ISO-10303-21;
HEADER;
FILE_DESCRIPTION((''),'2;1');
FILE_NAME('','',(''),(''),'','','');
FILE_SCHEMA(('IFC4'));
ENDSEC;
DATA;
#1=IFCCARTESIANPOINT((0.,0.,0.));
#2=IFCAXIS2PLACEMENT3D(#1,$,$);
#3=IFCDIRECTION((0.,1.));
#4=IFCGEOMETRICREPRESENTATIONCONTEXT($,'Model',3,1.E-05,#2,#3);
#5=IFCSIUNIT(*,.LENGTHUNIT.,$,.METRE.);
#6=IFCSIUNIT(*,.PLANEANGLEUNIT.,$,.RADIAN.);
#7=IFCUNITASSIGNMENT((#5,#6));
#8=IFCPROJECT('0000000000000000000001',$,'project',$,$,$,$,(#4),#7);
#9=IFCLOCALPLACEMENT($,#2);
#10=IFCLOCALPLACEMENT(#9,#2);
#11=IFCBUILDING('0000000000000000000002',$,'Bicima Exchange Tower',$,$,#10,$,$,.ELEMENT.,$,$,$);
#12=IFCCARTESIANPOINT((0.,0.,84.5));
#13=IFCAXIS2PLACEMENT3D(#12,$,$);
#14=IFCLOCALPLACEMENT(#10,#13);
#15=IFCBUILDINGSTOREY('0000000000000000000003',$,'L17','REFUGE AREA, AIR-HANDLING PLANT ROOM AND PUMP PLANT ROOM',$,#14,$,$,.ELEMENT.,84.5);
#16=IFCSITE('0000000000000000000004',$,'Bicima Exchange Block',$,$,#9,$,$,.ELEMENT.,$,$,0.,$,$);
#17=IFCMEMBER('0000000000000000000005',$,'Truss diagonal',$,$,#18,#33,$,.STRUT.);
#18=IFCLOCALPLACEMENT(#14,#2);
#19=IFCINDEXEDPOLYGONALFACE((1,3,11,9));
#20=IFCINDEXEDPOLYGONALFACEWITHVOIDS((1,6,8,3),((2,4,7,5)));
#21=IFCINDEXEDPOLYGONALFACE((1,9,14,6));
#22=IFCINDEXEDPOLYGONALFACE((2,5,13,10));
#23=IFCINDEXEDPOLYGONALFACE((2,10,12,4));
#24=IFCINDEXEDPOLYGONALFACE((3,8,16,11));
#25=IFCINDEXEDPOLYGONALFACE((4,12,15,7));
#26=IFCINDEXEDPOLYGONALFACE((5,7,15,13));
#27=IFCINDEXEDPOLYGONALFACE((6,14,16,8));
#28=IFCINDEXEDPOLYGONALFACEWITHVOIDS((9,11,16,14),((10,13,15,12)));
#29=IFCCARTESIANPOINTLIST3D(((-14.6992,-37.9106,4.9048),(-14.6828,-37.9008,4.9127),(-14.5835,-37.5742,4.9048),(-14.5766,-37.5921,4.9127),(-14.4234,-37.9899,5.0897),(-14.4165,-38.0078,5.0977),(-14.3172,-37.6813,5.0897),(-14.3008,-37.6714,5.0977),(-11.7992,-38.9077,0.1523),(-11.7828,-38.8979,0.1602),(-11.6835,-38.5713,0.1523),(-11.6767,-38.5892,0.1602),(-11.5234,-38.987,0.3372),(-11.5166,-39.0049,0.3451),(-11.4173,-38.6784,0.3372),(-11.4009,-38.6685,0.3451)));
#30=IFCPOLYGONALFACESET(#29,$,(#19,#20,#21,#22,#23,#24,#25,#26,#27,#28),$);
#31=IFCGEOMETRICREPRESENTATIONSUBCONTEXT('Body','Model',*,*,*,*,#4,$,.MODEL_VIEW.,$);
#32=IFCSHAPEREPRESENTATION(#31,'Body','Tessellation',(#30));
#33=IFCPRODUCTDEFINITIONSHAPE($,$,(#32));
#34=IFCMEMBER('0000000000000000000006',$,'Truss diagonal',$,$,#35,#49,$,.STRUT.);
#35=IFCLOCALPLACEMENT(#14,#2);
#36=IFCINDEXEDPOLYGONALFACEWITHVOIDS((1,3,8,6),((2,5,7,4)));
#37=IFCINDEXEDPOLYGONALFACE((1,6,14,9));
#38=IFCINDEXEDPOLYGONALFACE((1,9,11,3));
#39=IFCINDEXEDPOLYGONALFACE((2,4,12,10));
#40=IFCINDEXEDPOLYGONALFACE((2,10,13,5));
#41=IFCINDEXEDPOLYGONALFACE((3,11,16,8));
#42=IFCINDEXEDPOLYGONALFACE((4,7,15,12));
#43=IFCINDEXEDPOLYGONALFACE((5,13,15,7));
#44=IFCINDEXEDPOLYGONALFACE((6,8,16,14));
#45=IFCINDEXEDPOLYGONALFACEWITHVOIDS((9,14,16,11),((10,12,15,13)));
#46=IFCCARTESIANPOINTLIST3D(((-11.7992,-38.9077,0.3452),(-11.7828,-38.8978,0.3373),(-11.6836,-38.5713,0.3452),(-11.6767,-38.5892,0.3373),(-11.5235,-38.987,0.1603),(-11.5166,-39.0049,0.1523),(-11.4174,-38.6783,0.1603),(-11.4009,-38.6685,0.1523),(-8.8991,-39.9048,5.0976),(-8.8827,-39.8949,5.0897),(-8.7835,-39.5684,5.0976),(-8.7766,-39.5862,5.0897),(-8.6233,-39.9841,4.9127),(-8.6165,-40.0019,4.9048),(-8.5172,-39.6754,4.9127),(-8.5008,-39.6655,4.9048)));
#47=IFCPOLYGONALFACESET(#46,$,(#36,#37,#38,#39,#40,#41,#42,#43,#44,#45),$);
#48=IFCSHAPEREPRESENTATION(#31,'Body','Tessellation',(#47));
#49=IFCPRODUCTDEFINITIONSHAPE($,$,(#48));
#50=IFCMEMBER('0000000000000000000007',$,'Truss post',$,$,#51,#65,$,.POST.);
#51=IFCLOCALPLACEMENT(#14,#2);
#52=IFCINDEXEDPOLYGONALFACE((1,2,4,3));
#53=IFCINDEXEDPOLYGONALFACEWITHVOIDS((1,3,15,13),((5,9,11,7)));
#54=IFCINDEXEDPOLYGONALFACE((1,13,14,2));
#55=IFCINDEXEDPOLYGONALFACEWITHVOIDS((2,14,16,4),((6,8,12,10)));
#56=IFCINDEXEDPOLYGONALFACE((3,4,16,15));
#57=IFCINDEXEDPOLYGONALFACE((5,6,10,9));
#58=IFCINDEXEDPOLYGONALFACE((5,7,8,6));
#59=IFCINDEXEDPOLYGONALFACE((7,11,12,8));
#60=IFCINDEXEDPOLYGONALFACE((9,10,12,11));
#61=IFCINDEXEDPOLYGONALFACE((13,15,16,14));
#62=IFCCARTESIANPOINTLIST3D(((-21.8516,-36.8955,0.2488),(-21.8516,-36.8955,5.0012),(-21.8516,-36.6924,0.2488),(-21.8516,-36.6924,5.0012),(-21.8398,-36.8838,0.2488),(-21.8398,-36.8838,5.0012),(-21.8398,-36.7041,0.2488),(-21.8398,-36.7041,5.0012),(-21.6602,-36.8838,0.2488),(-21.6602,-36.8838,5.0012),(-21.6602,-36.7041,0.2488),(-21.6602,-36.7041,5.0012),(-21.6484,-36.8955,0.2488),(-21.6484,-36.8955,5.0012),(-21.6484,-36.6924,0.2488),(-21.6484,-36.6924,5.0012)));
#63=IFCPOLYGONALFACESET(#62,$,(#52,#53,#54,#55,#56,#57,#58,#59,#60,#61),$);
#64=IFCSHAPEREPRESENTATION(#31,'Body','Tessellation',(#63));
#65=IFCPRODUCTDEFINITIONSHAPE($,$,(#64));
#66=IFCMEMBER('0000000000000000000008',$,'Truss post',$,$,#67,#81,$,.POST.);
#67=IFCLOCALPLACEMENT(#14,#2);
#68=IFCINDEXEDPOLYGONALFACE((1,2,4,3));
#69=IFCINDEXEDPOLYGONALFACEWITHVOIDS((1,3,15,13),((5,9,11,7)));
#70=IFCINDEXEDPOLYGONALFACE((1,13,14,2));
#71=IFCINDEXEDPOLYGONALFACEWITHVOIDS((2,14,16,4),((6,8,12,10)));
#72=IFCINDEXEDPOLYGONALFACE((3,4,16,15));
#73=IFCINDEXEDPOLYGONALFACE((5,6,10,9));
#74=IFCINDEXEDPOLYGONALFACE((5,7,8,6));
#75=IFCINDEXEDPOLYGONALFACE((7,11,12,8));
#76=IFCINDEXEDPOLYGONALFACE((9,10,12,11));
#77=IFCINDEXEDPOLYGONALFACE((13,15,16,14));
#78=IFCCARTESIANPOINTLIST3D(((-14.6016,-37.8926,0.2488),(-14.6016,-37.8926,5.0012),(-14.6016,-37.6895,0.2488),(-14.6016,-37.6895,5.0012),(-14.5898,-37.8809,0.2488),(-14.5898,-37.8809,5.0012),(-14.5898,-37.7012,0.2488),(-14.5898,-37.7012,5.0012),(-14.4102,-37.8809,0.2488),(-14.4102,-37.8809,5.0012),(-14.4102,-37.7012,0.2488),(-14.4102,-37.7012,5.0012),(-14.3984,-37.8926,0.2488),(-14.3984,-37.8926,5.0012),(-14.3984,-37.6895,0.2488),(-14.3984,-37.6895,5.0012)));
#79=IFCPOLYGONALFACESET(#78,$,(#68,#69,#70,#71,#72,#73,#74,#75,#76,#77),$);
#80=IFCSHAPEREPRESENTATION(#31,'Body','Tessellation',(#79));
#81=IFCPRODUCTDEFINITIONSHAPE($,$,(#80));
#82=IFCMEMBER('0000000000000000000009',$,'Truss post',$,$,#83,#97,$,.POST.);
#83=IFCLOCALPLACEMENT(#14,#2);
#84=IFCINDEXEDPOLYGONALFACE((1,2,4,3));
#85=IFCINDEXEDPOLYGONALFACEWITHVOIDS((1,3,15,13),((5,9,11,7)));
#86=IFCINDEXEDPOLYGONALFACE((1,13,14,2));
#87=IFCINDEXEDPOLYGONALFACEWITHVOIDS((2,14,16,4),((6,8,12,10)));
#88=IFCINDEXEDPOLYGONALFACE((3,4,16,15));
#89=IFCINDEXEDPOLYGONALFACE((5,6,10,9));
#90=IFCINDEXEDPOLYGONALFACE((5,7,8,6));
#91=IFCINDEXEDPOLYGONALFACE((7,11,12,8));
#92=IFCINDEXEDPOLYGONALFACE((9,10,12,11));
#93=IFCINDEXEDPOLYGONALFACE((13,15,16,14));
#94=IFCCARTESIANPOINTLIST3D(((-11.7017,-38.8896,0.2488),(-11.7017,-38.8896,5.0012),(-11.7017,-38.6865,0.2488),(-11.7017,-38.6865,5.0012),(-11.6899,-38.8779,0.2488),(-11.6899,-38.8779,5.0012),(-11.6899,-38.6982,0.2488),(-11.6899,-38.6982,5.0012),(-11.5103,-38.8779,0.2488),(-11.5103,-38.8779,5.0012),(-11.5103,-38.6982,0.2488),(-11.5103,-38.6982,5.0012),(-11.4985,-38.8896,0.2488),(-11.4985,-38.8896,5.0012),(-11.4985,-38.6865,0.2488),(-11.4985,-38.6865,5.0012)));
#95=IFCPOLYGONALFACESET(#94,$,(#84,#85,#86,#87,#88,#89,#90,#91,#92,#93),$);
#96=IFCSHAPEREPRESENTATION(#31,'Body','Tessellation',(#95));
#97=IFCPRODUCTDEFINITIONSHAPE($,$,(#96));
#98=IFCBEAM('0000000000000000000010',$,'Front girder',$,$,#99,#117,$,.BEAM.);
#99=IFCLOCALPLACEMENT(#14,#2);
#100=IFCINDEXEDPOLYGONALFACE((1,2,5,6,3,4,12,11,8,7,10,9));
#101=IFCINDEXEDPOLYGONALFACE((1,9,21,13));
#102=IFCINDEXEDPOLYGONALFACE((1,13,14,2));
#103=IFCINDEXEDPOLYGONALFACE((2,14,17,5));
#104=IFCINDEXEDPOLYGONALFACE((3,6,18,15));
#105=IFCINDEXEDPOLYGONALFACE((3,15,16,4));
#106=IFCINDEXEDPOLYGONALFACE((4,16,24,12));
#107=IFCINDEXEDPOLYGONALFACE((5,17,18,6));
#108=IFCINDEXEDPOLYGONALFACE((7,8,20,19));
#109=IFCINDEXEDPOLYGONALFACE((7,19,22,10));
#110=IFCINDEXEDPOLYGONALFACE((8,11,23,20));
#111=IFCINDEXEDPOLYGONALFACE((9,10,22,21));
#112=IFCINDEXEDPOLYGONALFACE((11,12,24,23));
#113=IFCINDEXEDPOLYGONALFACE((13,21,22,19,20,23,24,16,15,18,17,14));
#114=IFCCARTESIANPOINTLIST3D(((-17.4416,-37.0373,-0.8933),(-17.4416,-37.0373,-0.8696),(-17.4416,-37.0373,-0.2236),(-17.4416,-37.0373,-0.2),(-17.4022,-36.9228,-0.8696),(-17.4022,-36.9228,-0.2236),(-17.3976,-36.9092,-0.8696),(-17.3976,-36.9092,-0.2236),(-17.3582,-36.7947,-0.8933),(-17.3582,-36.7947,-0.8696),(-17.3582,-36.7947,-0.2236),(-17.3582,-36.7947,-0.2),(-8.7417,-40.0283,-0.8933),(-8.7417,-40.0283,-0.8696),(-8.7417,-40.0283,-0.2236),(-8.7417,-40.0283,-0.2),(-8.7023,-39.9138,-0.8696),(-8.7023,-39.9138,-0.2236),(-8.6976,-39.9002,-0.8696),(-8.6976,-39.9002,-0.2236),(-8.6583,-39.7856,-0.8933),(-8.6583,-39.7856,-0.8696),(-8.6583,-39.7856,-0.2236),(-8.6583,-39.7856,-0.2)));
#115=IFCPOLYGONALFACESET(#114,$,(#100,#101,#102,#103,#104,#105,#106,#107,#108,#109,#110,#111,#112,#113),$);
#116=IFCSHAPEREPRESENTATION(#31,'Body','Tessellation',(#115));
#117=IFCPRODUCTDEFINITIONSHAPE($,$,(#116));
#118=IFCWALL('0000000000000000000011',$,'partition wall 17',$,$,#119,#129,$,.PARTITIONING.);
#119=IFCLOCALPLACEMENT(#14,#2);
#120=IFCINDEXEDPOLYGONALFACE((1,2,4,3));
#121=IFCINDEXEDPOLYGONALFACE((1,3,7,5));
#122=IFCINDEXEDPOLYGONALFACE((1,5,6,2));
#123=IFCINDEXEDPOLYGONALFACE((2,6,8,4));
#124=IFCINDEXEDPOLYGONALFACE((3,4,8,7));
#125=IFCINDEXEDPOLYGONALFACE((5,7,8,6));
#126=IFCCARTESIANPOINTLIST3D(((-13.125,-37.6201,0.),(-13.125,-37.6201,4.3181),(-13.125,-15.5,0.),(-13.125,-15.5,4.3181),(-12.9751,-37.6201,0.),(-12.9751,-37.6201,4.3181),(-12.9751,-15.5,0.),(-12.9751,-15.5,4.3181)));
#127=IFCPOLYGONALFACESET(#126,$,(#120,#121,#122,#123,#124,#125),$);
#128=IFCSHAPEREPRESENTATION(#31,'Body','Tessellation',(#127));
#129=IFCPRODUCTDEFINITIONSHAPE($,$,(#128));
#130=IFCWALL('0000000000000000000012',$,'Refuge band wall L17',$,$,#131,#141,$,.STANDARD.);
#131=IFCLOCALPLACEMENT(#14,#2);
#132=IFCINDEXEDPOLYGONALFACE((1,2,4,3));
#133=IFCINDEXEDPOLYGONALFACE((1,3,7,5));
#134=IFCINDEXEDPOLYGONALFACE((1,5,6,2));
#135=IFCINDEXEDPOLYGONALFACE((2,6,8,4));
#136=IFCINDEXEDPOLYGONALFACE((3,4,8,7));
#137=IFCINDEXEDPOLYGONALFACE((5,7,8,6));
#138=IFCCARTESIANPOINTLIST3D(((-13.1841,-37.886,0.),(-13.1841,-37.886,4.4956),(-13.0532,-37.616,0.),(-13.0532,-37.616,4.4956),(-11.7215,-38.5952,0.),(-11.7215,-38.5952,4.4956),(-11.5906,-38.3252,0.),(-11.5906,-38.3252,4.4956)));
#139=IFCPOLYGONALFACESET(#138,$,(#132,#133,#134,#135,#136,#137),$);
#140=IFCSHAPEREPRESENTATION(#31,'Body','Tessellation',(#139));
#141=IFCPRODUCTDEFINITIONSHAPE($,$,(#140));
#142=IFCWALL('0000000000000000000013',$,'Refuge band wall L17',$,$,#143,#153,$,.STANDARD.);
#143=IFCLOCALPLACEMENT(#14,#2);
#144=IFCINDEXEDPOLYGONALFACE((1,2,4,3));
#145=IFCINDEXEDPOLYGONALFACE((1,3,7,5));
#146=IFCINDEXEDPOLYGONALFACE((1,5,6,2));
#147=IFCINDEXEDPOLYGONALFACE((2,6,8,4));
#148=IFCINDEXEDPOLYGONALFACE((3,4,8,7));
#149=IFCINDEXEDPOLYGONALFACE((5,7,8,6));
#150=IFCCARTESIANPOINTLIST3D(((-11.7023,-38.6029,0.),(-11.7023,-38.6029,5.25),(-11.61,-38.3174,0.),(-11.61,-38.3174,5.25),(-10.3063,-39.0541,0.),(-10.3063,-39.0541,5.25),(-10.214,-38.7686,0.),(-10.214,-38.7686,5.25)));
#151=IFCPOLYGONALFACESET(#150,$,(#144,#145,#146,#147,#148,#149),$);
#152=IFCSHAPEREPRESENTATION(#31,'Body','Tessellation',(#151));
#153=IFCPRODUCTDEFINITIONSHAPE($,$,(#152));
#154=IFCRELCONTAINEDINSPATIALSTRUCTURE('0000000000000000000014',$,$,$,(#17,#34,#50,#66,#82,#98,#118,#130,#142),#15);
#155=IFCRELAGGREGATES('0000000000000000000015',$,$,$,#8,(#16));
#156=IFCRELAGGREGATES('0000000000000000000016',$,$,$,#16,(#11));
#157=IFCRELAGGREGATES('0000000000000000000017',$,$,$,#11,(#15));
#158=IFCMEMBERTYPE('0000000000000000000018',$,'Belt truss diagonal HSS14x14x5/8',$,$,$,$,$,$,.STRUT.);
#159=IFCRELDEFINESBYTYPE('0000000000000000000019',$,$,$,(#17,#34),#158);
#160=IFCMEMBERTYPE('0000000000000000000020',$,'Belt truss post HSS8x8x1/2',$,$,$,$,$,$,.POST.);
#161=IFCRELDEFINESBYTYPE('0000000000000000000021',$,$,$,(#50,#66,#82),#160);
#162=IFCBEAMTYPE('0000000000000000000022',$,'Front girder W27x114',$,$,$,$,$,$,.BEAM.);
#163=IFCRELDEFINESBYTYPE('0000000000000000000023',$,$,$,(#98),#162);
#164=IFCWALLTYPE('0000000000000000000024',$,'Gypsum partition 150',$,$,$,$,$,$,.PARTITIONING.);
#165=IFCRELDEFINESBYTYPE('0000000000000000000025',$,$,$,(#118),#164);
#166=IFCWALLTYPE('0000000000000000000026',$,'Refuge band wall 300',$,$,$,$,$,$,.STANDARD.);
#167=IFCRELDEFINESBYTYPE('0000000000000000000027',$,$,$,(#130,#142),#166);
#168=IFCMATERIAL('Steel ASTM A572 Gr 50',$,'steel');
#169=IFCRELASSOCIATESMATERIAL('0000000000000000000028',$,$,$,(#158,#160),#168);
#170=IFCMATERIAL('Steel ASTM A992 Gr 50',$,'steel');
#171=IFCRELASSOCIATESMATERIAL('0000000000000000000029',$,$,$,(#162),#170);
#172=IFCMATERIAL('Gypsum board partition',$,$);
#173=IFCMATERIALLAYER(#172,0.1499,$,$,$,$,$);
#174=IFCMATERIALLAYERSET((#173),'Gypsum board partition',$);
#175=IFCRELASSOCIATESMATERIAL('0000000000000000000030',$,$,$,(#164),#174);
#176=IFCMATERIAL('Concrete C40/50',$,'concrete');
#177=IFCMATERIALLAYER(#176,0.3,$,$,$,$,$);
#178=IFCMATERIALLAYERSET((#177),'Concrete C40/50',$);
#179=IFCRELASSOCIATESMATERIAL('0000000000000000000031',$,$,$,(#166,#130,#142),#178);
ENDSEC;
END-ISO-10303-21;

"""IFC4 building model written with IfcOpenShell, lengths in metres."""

from ifc_helpers import new_model, si_unit, direction, frame, frame_2d, origin, origin_2d, place, context, subcontext, project, spatial, rectangle, hollow_rectangle, i_section, extrude, material, layer, layer_set, layer_usage, material_profile, profile_set, type_object, element, save


model = new_model("IFC4")

# Units and contexts
model_context = context("Model", 3, precision=1e-05, world=origin(), true_north=direction((0.0, 1.0)))
body_context = subcontext(model_context, "Body", "Model", "MODEL_VIEW")
ifc_project = project(units=[si_unit("LENGTHUNIT", "METRE"), si_unit("PLANEANGLEUNIT", "RADIAN")], contexts=[model_context])

# Site, building, storey
site_placement = place(None, origin())
site = spatial("IfcSite", under=ifc_project, at=site_placement, Name="Bicima Exchange Block", CompositionType="ELEMENT", RefElevation=0.0)
building_placement = place(site_placement, origin())
building = spatial("IfcBuilding", under=site, at=building_placement, Name="Bicima Exchange Tower", CompositionType="ELEMENT")
storey_placement = place(building_placement, frame((0.0, 0.0, 84.5)))
storey = spatial("IfcBuildingStorey", under=building, at=storey_placement, Name="L17", Description="REFUGE AREA, AIR-HANDLING PLANT ROOM AND PUMP PLANT ROOM", CompositionType="ELEMENT", Elevation=84.5)

# Shared definitions
ifc_material_1 = material(Name="Steel ASTM A992 Gr 50", Category="steel")

# Members
ifc_material_2 = material(Name="Steel ASTM A572 Gr 50", Category="steel")
ifc_material_profile_1 = material_profile(ifc_material_2, hollow_rectangle(XDim=0.3557, YDim=0.3557, WallThickness=0.0146, at=origin_2d()))
ifc_profile_set_1 = profile_set([ifc_material_profile_1], Name="Steel ASTM A572 Gr 50")
member_type_1 = type_object("IfcMemberType", Name="Belt truss diagonal HSS14x14x5/8", PredefinedType="STRUT", material=ifc_profile_set_1)
for number, where, z_axis, x_axis, name in (
    (1, (-14.5, -37.791, 5.0012), (0.512721, -0.176288, -0.840262), (0.325147, 0.945664, 0.0), "Truss diagonal"),
    (2, (-11.6001, -38.7881, 0.2488), (0.512753, -0.176284, 0.840243), (0.325122, 0.945672, 0.0), "Truss diagonal"),
):
    element("IfcMember", number, at=place(storey_placement, frame(where, z_axis=z_axis, x_axis=x_axis)), inside=storey, type_object=member_type_1, Name=name, PredefinedType="STRUT", context=body_context, shape_type="SweptSolid", body=[
        extrude(hollow_rectangle(XDim=0.3557, YDim=0.3557, WallThickness=0.0146, at=origin_2d()), origin(), (0.0, 0.0, 1.0), 5.656),
    ])
ifc_material_profile_2 = material_profile(ifc_material_2, hollow_rectangle(XDim=0.2031, YDim=0.2031, WallThickness=0.0117, at=origin_2d()))
ifc_profile_set_2 = profile_set([ifc_material_profile_2], Name="Steel ASTM A572 Gr 50")
member_type_2 = type_object("IfcMemberType", Name="Belt truss post HSS8x8x1/2", PredefinedType="POST", material=ifc_profile_set_2)
for number, where, z_axis, x_axis, name in (
    (3, (-21.75, -36.7939, 0.2488), (0.0, 0.0, 1.0), (1.0, 0.0, 0.0), "Truss post"),
    (4, (-14.5, -37.791, 0.2488), (0.0, 0.0, 1.0), (1.0, 0.0, 0.0), "Truss post"),
    (5, (-11.6001, -38.7881, 0.2488), (0.0, 0.0, 1.0), (1.0, 0.0, 0.0), "Truss post"),
):
    element("IfcMember", number, at=place(storey_placement, frame(where, z_axis=z_axis, x_axis=x_axis)), inside=storey, type_object=member_type_2, Name=name, PredefinedType="POST", context=body_context, shape_type="SweptSolid", body=[
        extrude(hollow_rectangle(XDim=0.2031, YDim=0.2031, WallThickness=0.0117, at=origin_2d()), origin(), (0.0, 0.0, 1.0), 4.7524),
    ])

# Beam
ifc_material_profile_3 = material_profile(ifc_material_1, i_section(OverallWidth=0.2566, OverallDepth=0.6934, WebThickness=0.0144, FlangeThickness=0.0237, at=origin_2d()))
ifc_profile_set_3 = profile_set([ifc_material_profile_3], Name="Steel ASTM A992 Gr 50")
beam_type = type_object("IfcBeamType", Name="Front girder W27x114", PredefinedType="BEAM", material=ifc_profile_set_3)
beam_placement = place(storey_placement, frame((-17.3999, -36.916, -0.5466), z_axis=(0.945675, -0.325115, 0.0), x_axis=(0.325115, 0.945675, 0.0)))
element("IfcBeam", 6, at=beam_placement, inside=storey, type_object=beam_type, Name="Front girder", PredefinedType="BEAM", context=body_context, shape_type="SweptSolid", body=[
    extrude(i_section(OverallWidth=0.2566, OverallDepth=0.6934, WebThickness=0.0144, FlangeThickness=0.0237, at=origin_2d()), origin(), (0.0, 0.0, 1.0), 9.1997),
])

# Walls
ifc_material_3 = material(Name="Gypsum board partition")
ifc_layer_1 = layer(ifc_material_3, 0.1499)
ifc_layer_set_1 = layer_set([ifc_layer_1], Name="Gypsum board partition")
wall_type_1 = type_object("IfcWallType", Name="Gypsum partition 150", PredefinedType="PARTITIONING", material=ifc_layer_set_1)
wall_1_placement = place(storey_placement, frame((-13.05, -37.6201, 0.0), z_axis=(0.0, 0.0, 1.0), x_axis=(0.0, 1.0, 0.0)))
element("IfcWall", 7, at=wall_1_placement, inside=storey, type_object=wall_type_1, Name="partition wall 17", PredefinedType="PARTITIONING", context=body_context, shape_type="SweptSolid", body=[
    extrude(rectangle(XDim=22.1201, YDim=0.1499, at=frame_2d((11.0601, 0.0))), origin(), (0.0, 0.0, 1.0), 4.3181),
])
ifc_material_4 = material(Name="Concrete C40/50", Category="concrete")
ifc_layer_2 = layer(ifc_material_4, 0.3)
ifc_layer_set_2 = layer_set([ifc_layer_2], Name="Concrete C40/50")
ifc_layer_usage = layer_usage(ifc_layer_set_2, "AXIS2", "POSITIVE", -0.15)
wall_type_2 = type_object("IfcWallType", Name="Refuge band wall 300", PredefinedType="STANDARD", material=ifc_layer_set_2)
wall_2_placement = place(storey_placement, frame((-13.1187, -37.751, 0.0), z_axis=(0.0, 0.0, 1.0), x_axis=(0.899798, -0.436307, 0.0)))
element("IfcWall", 8, at=wall_2_placement, inside=storey, type_object=wall_type_2, material=ifc_layer_usage, Name="Refuge band wall L17", PredefinedType="STANDARD", context=body_context, shape_type="SweptSolid", body=[
    extrude(rectangle(XDim=1.6255, YDim=0.3, at=frame_2d((0.8127, 0.0))), origin(), (0.0, 0.0, 1.0), 4.4956),
])
wall_3_placement = place(storey_placement, frame((-11.656, -38.4602, 0.0), z_axis=(0.0, 0.0, 1.0), x_axis=(0.951539, -0.307528, 0.0)))
element("IfcWall", 9, at=wall_3_placement, inside=storey, type_object=wall_type_2, material=ifc_layer_usage, Name="Refuge band wall L17", PredefinedType="STANDARD", context=body_context, shape_type="SweptSolid", body=[
    extrude(rectangle(XDim=1.467, YDim=0.3, at=frame_2d((0.7334, 0.0))), origin(), (0.0, 0.0, 1.0), 5.25),
])

save(model, "model.ifc")
